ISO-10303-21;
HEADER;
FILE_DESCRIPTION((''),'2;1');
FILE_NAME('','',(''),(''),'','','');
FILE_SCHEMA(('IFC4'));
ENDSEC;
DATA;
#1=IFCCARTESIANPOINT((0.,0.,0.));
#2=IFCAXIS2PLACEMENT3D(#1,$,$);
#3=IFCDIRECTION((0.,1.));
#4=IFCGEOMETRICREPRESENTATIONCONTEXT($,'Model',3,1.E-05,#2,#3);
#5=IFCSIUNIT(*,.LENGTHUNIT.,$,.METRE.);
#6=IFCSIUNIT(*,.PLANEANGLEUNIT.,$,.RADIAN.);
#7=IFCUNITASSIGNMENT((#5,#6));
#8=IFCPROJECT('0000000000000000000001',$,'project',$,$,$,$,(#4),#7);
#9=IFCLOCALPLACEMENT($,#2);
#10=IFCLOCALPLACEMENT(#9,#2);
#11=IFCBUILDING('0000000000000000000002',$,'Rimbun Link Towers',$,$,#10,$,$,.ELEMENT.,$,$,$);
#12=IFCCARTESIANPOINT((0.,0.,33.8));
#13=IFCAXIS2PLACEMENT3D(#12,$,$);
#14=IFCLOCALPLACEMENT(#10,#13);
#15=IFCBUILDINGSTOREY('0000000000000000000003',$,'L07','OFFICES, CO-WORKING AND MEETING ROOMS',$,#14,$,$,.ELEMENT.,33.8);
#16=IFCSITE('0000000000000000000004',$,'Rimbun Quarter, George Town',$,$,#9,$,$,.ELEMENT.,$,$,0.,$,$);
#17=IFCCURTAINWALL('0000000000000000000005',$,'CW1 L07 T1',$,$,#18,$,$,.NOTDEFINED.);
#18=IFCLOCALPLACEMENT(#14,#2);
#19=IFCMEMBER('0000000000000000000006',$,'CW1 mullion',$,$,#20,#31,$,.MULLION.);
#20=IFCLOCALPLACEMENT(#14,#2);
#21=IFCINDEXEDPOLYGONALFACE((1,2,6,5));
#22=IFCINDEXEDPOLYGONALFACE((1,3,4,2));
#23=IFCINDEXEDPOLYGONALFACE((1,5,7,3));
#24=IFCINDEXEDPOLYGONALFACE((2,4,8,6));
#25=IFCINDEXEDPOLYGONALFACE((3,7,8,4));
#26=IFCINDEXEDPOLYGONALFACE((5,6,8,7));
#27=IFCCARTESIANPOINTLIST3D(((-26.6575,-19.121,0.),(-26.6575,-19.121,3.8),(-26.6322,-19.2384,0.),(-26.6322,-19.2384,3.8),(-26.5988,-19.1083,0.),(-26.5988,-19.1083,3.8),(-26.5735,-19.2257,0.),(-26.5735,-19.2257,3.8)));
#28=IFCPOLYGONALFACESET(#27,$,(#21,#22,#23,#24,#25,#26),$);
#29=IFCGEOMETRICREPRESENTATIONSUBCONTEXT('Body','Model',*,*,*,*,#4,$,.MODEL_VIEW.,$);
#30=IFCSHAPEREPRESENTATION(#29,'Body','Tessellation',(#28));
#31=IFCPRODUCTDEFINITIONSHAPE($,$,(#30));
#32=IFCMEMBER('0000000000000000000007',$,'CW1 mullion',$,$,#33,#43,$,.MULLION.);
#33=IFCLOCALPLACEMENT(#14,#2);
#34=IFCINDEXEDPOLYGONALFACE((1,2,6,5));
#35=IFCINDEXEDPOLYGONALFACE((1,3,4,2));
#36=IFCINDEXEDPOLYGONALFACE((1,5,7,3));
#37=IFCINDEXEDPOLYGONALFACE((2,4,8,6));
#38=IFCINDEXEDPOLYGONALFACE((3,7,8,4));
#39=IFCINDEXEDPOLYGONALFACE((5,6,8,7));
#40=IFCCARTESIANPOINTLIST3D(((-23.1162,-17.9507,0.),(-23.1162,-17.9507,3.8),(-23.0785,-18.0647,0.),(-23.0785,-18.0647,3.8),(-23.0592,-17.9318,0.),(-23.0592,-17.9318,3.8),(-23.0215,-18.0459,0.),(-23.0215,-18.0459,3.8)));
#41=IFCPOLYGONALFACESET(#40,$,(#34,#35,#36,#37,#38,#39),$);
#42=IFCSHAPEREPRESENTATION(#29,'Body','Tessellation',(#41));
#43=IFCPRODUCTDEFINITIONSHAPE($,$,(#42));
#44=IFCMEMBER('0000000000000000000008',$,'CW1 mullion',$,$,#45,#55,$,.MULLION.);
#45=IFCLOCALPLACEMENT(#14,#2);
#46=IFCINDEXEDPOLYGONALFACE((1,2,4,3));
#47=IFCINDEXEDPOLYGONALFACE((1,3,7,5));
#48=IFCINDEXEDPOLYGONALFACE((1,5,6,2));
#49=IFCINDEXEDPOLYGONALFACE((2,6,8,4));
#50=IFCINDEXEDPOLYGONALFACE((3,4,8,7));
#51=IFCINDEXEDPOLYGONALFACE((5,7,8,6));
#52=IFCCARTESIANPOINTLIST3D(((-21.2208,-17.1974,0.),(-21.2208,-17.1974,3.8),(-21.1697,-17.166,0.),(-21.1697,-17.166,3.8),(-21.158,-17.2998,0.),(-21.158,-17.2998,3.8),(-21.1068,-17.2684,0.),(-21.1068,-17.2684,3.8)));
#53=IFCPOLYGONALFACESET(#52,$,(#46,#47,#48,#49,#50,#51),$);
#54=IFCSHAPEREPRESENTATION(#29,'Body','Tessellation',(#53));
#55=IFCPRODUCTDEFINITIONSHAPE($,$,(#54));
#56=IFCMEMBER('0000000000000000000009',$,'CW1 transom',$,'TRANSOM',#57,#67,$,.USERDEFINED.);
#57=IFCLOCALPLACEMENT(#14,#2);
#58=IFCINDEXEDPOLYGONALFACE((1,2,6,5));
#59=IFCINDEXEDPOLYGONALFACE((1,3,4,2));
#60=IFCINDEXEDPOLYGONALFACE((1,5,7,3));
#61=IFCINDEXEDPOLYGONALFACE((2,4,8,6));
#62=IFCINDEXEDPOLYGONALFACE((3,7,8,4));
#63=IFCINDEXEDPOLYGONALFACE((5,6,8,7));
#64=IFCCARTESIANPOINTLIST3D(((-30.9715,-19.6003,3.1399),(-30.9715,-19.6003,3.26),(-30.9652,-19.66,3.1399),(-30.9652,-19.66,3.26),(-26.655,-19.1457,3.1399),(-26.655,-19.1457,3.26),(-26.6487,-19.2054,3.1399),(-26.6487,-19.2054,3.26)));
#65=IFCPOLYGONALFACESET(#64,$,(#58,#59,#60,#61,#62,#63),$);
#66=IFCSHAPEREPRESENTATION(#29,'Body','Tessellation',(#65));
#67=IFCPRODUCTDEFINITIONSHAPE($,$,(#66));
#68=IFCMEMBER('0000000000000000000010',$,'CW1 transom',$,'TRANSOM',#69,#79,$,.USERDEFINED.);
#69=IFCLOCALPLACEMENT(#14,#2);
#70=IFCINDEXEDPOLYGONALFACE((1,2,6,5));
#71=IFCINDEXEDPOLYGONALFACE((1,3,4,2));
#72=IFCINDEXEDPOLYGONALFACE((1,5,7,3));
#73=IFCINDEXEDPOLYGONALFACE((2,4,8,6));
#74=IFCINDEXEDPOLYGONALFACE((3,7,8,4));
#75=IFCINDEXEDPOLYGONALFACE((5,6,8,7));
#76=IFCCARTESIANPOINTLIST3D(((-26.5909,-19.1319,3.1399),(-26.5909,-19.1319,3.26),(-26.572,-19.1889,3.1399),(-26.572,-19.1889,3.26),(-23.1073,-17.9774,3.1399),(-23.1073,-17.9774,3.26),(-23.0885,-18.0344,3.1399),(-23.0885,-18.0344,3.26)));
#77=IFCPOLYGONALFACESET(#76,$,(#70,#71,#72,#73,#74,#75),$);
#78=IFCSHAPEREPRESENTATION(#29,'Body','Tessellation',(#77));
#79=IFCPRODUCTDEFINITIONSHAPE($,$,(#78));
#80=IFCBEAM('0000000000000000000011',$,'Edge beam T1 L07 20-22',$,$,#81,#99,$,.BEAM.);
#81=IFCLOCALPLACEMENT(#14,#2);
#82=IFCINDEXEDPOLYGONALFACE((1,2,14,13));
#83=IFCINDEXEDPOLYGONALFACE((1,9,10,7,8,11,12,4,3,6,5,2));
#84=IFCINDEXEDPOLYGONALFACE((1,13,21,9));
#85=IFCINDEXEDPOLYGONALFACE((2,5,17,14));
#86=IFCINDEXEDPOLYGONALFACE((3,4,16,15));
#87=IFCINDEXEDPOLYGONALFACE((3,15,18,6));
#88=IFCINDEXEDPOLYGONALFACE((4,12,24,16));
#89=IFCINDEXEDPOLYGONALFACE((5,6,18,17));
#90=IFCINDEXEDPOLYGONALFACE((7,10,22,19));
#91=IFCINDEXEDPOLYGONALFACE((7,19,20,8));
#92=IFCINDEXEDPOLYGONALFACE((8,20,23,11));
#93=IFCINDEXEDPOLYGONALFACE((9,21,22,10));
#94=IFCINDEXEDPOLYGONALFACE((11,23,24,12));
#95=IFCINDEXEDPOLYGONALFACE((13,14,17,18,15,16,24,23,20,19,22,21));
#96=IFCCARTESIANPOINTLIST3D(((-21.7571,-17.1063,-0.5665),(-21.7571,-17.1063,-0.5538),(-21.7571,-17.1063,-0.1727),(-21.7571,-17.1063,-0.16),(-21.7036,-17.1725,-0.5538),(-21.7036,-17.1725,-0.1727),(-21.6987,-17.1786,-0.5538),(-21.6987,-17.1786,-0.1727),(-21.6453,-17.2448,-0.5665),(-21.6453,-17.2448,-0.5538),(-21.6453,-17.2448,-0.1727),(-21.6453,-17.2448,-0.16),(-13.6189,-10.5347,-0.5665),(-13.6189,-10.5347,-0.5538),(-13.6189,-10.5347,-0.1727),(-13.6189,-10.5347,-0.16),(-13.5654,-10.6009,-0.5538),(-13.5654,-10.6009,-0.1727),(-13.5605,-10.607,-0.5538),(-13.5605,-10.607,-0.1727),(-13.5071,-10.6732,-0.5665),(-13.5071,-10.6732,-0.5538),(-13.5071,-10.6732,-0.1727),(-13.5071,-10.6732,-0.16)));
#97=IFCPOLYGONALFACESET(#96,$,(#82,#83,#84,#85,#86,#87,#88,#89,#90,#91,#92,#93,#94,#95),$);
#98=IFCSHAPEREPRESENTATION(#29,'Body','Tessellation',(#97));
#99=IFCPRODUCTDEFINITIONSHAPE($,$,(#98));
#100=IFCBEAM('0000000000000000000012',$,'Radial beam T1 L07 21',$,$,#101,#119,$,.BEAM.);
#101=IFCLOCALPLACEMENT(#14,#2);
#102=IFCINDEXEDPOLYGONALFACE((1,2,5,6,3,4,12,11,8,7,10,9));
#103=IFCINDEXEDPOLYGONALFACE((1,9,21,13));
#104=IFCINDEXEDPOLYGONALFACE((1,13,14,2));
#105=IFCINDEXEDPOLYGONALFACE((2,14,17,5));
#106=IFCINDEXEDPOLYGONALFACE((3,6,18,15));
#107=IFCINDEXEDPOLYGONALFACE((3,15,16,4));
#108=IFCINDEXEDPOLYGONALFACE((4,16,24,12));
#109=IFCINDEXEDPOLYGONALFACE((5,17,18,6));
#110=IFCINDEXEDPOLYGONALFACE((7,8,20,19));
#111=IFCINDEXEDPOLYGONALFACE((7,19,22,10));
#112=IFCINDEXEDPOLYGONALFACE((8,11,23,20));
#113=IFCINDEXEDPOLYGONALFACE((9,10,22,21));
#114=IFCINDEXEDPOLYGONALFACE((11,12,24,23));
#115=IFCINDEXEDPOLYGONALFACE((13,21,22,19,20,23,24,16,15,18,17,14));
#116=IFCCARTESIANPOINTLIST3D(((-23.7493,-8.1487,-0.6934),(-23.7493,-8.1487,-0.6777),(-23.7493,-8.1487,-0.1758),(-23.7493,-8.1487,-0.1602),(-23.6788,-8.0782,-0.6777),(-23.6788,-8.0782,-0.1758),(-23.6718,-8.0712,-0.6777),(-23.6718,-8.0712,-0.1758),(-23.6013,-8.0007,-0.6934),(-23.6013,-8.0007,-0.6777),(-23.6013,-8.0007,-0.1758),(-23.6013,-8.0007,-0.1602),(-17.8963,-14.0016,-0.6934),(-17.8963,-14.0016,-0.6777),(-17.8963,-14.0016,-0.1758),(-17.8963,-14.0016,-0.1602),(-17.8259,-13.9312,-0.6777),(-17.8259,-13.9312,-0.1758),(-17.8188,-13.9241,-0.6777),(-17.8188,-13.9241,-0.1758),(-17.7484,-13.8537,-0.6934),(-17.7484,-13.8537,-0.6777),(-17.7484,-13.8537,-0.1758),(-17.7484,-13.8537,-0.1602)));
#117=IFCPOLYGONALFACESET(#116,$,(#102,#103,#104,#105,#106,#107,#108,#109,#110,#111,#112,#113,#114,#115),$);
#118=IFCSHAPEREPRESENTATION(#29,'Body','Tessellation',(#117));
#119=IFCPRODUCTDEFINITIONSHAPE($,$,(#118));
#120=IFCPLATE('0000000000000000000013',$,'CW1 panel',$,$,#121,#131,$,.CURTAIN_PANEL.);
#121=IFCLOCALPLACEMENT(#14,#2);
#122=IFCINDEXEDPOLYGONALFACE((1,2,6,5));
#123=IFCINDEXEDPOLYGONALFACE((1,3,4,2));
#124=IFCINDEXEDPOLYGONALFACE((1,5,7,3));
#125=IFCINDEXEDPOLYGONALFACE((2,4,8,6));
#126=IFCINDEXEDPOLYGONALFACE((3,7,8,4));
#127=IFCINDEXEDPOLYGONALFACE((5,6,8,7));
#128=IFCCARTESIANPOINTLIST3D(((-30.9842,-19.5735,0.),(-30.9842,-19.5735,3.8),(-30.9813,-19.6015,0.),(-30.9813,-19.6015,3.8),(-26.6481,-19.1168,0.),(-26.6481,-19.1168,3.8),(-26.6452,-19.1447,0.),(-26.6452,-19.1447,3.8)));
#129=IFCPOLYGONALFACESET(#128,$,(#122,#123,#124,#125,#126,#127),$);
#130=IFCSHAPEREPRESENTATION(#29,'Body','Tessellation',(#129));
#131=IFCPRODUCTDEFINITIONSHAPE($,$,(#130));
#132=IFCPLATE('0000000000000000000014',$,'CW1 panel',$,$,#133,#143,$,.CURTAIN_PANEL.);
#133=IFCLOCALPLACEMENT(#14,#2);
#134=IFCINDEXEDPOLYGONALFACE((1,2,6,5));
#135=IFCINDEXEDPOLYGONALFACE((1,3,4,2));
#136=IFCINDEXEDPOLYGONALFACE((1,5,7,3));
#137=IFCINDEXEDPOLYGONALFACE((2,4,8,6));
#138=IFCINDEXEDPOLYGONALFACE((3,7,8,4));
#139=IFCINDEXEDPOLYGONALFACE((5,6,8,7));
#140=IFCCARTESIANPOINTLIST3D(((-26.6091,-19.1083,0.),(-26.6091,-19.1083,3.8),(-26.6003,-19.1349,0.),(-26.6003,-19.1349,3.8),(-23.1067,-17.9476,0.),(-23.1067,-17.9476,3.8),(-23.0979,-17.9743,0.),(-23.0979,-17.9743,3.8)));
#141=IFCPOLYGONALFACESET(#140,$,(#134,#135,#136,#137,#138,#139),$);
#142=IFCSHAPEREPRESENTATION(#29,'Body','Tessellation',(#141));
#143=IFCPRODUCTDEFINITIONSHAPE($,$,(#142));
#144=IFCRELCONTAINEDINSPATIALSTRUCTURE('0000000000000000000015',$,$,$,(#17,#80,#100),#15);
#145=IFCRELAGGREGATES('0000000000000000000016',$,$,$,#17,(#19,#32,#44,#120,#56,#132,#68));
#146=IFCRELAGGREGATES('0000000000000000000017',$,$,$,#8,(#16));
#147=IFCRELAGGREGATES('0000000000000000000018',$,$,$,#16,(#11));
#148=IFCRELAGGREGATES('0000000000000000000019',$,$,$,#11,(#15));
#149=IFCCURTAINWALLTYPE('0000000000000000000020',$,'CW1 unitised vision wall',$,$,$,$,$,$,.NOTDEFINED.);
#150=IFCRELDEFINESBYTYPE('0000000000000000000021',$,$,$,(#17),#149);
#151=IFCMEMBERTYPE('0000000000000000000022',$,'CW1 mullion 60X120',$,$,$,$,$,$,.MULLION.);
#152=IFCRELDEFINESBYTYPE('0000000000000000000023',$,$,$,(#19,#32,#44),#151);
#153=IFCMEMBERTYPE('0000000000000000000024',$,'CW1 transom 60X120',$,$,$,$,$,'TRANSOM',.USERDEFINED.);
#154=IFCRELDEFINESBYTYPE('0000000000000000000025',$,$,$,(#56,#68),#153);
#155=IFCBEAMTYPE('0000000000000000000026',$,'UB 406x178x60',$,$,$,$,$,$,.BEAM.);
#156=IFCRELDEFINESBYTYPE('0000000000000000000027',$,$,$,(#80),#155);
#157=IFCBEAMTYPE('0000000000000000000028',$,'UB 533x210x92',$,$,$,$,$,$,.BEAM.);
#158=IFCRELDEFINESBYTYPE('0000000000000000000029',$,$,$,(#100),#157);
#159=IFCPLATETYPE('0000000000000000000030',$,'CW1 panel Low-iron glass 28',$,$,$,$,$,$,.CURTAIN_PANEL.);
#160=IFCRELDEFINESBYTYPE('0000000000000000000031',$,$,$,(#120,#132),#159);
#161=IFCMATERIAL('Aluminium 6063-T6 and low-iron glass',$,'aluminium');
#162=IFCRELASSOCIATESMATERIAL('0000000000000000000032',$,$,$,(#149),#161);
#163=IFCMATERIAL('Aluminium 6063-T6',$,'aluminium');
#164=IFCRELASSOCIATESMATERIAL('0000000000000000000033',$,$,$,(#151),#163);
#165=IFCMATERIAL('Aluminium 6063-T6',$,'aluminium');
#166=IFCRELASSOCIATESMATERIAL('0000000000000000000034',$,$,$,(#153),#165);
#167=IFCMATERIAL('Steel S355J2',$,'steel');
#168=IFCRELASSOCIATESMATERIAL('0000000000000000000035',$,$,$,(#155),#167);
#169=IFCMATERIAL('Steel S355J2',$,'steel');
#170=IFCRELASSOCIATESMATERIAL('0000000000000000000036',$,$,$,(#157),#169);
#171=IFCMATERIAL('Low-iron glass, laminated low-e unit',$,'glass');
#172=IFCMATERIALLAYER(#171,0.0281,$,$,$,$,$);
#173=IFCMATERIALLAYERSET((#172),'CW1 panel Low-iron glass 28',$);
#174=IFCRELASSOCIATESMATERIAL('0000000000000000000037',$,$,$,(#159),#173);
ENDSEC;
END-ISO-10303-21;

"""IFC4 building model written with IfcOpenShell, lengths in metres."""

from ifc_helpers import new_model, si_unit, direction, frame, origin, origin_2d, place, context, subcontext, project, spatial, rectangle, i_section, extrude, material, layer, layer_set, material_profile, profile_set, type_object, element, aggregate, save


model = new_model("IFC4")

# Units and contexts
model_context = context("Model", 3, precision=1e-05, world=origin(), true_north=direction((0.0, 1.0)))
body_context = subcontext(model_context, "Body", "Model", "MODEL_VIEW")
ifc_project = project(units=[si_unit("LENGTHUNIT", "METRE"), si_unit("PLANEANGLEUNIT", "RADIAN")], contexts=[model_context])

# Site, building, storey
site_placement = place(None, origin())
site = spatial("IfcSite", under=ifc_project, at=site_placement, Name="Rimbun Quarter, George Town", CompositionType="ELEMENT", RefElevation=0.0)
building_placement = place(site_placement, origin())
building = spatial("IfcBuilding", under=site, at=building_placement, Name="Rimbun Link Towers", CompositionType="ELEMENT")
storey_placement = place(building_placement, frame((0.0, 0.0, 33.8)))
storey = spatial("IfcBuildingStorey", under=building, at=storey_placement, Name="L07", Description="OFFICES, CO-WORKING AND MEETING ROOMS", CompositionType="ELEMENT", Elevation=33.8)

# Curtain wall, members
ifc_material_1 = material(Name="Aluminium 6063-T6 and low-iron glass", Category="aluminium")
curtain_wall_type = type_object("IfcCurtainWallType", Name="CW1 unitised vision wall", PredefinedType="NOTDEFINED", material=ifc_material_1)
curtain_wall_placement = place(storey_placement, origin())
curtain_wall = element("IfcCurtainWall", 1, at=curtain_wall_placement, inside=storey, type_object=curtain_wall_type, Name="CW1 L07 T1", PredefinedType="NOTDEFINED")
ifc_material_2 = material(Name="Aluminium 6063-T6", Category="aluminium")
ifc_material_profile_1 = material_profile(ifc_material_2, rectangle(XDim=0.1201, YDim=0.0601, at=origin_2d()), Name="MULLION 60X120")
ifc_profile_set_1 = profile_set([ifc_material_profile_1], Name="Aluminium 6063-T6")
member_type_1 = type_object("IfcMemberType", Name="CW1 mullion 60X120", PredefinedType="MULLION", material=ifc_profile_set_1)
member_1_placement = place(storey_placement, frame((-26.6155, -19.1733, 0.0), z_axis=(0.0, 0.0, 1.0), x_axis=(0.210877, -0.977513, 0.0)))
member_1 = element("IfcMember", 2, at=member_1_placement, type_object=member_type_1, Name="CW1 mullion", PredefinedType="MULLION", context=body_context, shape_type="SweptSolid", body=[
    extrude(rectangle(XDim=0.1201, YDim=0.0601, at=origin_2d()), origin(), (0.0, 0.0, 1.0), 3.8),
])
member_2_placement = place(storey_placement, frame((-23.0688, -17.9983, 0.0), z_axis=(0.0, 0.0, 1.0), x_axis=(0.314564, -0.949236, 0.0)))
member_2 = element("IfcMember", 3, at=member_2_placement, type_object=member_type_1, Name="CW1 mullion", PredefinedType="MULLION", context=body_context, shape_type="SweptSolid", body=[
    extrude(rectangle(XDim=0.1201, YDim=0.0601, at=origin_2d()), origin(), (0.0, 0.0, 1.0), 3.8),
])
member_3_placement = place(storey_placement, frame((-21.1638, -17.2329, 0.0), z_axis=(0.0, 0.0, 1.0), x_axis=(0.523232, -0.85219, 0.0)))
member_3 = element("IfcMember", 4, at=member_3_placement, type_object=member_type_1, Name="CW1 mullion", PredefinedType="MULLION", context=body_context, shape_type="SweptSolid", body=[
    extrude(rectangle(XDim=0.1201, YDim=0.0601, at=origin_2d()), origin(), (0.0, 0.0, 1.0), 3.8),
])
ifc_material_3 = material(Name="Aluminium 6063-T6", Category="aluminium")
ifc_material_profile_2 = material_profile(ifc_material_3, rectangle(XDim=0.0601, YDim=0.1201, at=origin_2d()), Name="TRANSOM 60X120")
ifc_profile_set_2 = profile_set([ifc_material_profile_2], Name="Aluminium 6063-T6")
member_type_2 = type_object("IfcMemberType", Name="CW1 transom 60X120", ElementType="TRANSOM", PredefinedType="USERDEFINED", material=ifc_profile_set_2)
member_4_placement = place(storey_placement, frame((-26.6519, -19.1755, 3.2), z_axis=(-0.9945, -0.104737, 0.0), x_axis=(0.104737, -0.9945, 0.0)))
member_4 = element("IfcMember", 5, at=member_4_placement, type_object=member_type_2, Name="CW1 transom", ObjectType="TRANSOM", PredefinedType="USERDEFINED", context=body_context, shape_type="SweptSolid", body=[
    extrude(rectangle(XDim=0.0601, YDim=0.1201, at=origin_2d()), origin(), (0.0, 0.0, 1.0), 4.3403),
])
member_5_placement = place(storey_placement, frame((-23.0979, -18.0059, 3.2), z_axis=(-0.949227, -0.314591, 0.0), x_axis=(0.314591, -0.949227, 0.0)))
member_5 = element("IfcMember", 6, at=member_5_placement, type_object=member_type_2, Name="CW1 transom", ObjectType="TRANSOM", PredefinedType="USERDEFINED", context=body_context, shape_type="SweptSolid", body=[
    extrude(rectangle(XDim=0.0601, YDim=0.1201, at=origin_2d()), origin(), (0.0, 0.0, 1.0), 3.6699),
])

# Beams
ifc_material_4 = material(Name="Steel S355J2", Category="steel")
ifc_material_profile_3 = material_profile(ifc_material_4, i_section(OverallWidth=0.178, OverallDepth=0.4065, WebThickness=0.0078, FlangeThickness=0.0127, at=origin_2d()), Name="UB 406x178x60")
ifc_profile_set_3 = profile_set([ifc_material_profile_3], Name="Steel S355J2")
beam_type_1 = type_object("IfcBeamType", Name="UB 406x178x60", PredefinedType="BEAM", material=ifc_profile_set_3)
beam_1_placement = place(storey_placement, frame((-21.7012, -17.1755, -0.3633), z_axis=(0.778017, 0.628244, 0.0), x_axis=(-0.628244, 0.778017, 0.0)))
element("IfcBeam", 7, at=beam_1_placement, inside=storey, type_object=beam_type_1, Name="Edge beam T1 L07 20-22", PredefinedType="BEAM", context=body_context, shape_type="SweptSolid", body=[
    extrude(i_section(OverallWidth=0.178, OverallDepth=0.4065, WebThickness=0.0078, FlangeThickness=0.0127, at=origin_2d()), origin(), (0.0, 0.0, 1.0), 10.4602),
])
ifc_material_5 = material(Name="Steel S355J2", Category="steel")
ifc_material_profile_4 = material_profile(ifc_material_5, i_section(OverallWidth=0.2092, OverallDepth=0.5332, WebThickness=0.01, FlangeThickness=0.0156, at=origin_2d()), Name="UB 533x210x92")
ifc_profile_set_4 = profile_set([ifc_material_profile_4], Name="Steel S355J2")
beam_type_2 = type_object("IfcBeamType", Name="UB 533x210x92", PredefinedType="BEAM", material=ifc_profile_set_4)
beam_2_placement = place(storey_placement, frame((-23.6753, -8.0747, -0.4268), z_axis=(0.707107, -0.707107, 0.0), x_axis=(0.707107, 0.707107, 0.0)))
element("IfcBeam", 8, at=beam_2_placement, inside=storey, type_object=beam_type_2, Name="Radial beam T1 L07 21", PredefinedType="BEAM", context=body_context, shape_type="SweptSolid", body=[
    extrude(i_section(OverallWidth=0.2092, OverallDepth=0.5332, WebThickness=0.01, FlangeThickness=0.0156, at=origin_2d()), origin(), (0.0, 0.0, 1.0), 8.2773),
])

# Plates
ifc_material_6 = material(Name="Low-iron glass, laminated low-e unit", Category="glass")
ifc_layer_1 = layer(ifc_material_6, 0.0281)
ifc_layer_set_1 = layer_set([ifc_layer_1], Name="CW1 panel Low-iron glass 28")
plate_type = type_object("IfcPlateType", Name="CW1 panel Low-iron glass 28", PredefinedType="CURTAIN_PANEL", material=ifc_layer_set_1)
plate_1_placement = place(storey_placement, frame((-28.8147, -19.3591, 0.0), z_axis=(0.0, 0.0, 1.0), x_axis=(-0.994498, -0.104755, 0.0)))
plate_1 = element("IfcPlate", 9, at=plate_1_placement, type_object=plate_type, Name="CW1 panel", PredefinedType="CURTAIN_PANEL", context=body_context, shape_type="SweptSolid", body=[
    extrude(rectangle(XDim=4.3601, YDim=0.0281, at=origin_2d()), origin(), (0.0, 0.0, 1.0), 3.8),
])
plate_2_placement = place(storey_placement, frame((-24.8535, -18.5413, 0.0), z_axis=(0.0, 0.0, 1.0), x_axis=(-0.949236, -0.314564, 0.0)))
plate_2 = element("IfcPlate", 10, at=plate_2_placement, type_object=plate_type, Name="CW1 panel", PredefinedType="CURTAIN_PANEL", context=body_context, shape_type="SweptSolid", body=[
    extrude(rectangle(XDim=3.6897, YDim=0.0281, at=origin_2d()), origin(), (0.0, 0.0, 1.0), 3.8),
])
aggregate(curtain_wall, [member_1, member_2, member_3, plate_1, member_4, plate_2, member_5])

save(model, "model.ifc")
